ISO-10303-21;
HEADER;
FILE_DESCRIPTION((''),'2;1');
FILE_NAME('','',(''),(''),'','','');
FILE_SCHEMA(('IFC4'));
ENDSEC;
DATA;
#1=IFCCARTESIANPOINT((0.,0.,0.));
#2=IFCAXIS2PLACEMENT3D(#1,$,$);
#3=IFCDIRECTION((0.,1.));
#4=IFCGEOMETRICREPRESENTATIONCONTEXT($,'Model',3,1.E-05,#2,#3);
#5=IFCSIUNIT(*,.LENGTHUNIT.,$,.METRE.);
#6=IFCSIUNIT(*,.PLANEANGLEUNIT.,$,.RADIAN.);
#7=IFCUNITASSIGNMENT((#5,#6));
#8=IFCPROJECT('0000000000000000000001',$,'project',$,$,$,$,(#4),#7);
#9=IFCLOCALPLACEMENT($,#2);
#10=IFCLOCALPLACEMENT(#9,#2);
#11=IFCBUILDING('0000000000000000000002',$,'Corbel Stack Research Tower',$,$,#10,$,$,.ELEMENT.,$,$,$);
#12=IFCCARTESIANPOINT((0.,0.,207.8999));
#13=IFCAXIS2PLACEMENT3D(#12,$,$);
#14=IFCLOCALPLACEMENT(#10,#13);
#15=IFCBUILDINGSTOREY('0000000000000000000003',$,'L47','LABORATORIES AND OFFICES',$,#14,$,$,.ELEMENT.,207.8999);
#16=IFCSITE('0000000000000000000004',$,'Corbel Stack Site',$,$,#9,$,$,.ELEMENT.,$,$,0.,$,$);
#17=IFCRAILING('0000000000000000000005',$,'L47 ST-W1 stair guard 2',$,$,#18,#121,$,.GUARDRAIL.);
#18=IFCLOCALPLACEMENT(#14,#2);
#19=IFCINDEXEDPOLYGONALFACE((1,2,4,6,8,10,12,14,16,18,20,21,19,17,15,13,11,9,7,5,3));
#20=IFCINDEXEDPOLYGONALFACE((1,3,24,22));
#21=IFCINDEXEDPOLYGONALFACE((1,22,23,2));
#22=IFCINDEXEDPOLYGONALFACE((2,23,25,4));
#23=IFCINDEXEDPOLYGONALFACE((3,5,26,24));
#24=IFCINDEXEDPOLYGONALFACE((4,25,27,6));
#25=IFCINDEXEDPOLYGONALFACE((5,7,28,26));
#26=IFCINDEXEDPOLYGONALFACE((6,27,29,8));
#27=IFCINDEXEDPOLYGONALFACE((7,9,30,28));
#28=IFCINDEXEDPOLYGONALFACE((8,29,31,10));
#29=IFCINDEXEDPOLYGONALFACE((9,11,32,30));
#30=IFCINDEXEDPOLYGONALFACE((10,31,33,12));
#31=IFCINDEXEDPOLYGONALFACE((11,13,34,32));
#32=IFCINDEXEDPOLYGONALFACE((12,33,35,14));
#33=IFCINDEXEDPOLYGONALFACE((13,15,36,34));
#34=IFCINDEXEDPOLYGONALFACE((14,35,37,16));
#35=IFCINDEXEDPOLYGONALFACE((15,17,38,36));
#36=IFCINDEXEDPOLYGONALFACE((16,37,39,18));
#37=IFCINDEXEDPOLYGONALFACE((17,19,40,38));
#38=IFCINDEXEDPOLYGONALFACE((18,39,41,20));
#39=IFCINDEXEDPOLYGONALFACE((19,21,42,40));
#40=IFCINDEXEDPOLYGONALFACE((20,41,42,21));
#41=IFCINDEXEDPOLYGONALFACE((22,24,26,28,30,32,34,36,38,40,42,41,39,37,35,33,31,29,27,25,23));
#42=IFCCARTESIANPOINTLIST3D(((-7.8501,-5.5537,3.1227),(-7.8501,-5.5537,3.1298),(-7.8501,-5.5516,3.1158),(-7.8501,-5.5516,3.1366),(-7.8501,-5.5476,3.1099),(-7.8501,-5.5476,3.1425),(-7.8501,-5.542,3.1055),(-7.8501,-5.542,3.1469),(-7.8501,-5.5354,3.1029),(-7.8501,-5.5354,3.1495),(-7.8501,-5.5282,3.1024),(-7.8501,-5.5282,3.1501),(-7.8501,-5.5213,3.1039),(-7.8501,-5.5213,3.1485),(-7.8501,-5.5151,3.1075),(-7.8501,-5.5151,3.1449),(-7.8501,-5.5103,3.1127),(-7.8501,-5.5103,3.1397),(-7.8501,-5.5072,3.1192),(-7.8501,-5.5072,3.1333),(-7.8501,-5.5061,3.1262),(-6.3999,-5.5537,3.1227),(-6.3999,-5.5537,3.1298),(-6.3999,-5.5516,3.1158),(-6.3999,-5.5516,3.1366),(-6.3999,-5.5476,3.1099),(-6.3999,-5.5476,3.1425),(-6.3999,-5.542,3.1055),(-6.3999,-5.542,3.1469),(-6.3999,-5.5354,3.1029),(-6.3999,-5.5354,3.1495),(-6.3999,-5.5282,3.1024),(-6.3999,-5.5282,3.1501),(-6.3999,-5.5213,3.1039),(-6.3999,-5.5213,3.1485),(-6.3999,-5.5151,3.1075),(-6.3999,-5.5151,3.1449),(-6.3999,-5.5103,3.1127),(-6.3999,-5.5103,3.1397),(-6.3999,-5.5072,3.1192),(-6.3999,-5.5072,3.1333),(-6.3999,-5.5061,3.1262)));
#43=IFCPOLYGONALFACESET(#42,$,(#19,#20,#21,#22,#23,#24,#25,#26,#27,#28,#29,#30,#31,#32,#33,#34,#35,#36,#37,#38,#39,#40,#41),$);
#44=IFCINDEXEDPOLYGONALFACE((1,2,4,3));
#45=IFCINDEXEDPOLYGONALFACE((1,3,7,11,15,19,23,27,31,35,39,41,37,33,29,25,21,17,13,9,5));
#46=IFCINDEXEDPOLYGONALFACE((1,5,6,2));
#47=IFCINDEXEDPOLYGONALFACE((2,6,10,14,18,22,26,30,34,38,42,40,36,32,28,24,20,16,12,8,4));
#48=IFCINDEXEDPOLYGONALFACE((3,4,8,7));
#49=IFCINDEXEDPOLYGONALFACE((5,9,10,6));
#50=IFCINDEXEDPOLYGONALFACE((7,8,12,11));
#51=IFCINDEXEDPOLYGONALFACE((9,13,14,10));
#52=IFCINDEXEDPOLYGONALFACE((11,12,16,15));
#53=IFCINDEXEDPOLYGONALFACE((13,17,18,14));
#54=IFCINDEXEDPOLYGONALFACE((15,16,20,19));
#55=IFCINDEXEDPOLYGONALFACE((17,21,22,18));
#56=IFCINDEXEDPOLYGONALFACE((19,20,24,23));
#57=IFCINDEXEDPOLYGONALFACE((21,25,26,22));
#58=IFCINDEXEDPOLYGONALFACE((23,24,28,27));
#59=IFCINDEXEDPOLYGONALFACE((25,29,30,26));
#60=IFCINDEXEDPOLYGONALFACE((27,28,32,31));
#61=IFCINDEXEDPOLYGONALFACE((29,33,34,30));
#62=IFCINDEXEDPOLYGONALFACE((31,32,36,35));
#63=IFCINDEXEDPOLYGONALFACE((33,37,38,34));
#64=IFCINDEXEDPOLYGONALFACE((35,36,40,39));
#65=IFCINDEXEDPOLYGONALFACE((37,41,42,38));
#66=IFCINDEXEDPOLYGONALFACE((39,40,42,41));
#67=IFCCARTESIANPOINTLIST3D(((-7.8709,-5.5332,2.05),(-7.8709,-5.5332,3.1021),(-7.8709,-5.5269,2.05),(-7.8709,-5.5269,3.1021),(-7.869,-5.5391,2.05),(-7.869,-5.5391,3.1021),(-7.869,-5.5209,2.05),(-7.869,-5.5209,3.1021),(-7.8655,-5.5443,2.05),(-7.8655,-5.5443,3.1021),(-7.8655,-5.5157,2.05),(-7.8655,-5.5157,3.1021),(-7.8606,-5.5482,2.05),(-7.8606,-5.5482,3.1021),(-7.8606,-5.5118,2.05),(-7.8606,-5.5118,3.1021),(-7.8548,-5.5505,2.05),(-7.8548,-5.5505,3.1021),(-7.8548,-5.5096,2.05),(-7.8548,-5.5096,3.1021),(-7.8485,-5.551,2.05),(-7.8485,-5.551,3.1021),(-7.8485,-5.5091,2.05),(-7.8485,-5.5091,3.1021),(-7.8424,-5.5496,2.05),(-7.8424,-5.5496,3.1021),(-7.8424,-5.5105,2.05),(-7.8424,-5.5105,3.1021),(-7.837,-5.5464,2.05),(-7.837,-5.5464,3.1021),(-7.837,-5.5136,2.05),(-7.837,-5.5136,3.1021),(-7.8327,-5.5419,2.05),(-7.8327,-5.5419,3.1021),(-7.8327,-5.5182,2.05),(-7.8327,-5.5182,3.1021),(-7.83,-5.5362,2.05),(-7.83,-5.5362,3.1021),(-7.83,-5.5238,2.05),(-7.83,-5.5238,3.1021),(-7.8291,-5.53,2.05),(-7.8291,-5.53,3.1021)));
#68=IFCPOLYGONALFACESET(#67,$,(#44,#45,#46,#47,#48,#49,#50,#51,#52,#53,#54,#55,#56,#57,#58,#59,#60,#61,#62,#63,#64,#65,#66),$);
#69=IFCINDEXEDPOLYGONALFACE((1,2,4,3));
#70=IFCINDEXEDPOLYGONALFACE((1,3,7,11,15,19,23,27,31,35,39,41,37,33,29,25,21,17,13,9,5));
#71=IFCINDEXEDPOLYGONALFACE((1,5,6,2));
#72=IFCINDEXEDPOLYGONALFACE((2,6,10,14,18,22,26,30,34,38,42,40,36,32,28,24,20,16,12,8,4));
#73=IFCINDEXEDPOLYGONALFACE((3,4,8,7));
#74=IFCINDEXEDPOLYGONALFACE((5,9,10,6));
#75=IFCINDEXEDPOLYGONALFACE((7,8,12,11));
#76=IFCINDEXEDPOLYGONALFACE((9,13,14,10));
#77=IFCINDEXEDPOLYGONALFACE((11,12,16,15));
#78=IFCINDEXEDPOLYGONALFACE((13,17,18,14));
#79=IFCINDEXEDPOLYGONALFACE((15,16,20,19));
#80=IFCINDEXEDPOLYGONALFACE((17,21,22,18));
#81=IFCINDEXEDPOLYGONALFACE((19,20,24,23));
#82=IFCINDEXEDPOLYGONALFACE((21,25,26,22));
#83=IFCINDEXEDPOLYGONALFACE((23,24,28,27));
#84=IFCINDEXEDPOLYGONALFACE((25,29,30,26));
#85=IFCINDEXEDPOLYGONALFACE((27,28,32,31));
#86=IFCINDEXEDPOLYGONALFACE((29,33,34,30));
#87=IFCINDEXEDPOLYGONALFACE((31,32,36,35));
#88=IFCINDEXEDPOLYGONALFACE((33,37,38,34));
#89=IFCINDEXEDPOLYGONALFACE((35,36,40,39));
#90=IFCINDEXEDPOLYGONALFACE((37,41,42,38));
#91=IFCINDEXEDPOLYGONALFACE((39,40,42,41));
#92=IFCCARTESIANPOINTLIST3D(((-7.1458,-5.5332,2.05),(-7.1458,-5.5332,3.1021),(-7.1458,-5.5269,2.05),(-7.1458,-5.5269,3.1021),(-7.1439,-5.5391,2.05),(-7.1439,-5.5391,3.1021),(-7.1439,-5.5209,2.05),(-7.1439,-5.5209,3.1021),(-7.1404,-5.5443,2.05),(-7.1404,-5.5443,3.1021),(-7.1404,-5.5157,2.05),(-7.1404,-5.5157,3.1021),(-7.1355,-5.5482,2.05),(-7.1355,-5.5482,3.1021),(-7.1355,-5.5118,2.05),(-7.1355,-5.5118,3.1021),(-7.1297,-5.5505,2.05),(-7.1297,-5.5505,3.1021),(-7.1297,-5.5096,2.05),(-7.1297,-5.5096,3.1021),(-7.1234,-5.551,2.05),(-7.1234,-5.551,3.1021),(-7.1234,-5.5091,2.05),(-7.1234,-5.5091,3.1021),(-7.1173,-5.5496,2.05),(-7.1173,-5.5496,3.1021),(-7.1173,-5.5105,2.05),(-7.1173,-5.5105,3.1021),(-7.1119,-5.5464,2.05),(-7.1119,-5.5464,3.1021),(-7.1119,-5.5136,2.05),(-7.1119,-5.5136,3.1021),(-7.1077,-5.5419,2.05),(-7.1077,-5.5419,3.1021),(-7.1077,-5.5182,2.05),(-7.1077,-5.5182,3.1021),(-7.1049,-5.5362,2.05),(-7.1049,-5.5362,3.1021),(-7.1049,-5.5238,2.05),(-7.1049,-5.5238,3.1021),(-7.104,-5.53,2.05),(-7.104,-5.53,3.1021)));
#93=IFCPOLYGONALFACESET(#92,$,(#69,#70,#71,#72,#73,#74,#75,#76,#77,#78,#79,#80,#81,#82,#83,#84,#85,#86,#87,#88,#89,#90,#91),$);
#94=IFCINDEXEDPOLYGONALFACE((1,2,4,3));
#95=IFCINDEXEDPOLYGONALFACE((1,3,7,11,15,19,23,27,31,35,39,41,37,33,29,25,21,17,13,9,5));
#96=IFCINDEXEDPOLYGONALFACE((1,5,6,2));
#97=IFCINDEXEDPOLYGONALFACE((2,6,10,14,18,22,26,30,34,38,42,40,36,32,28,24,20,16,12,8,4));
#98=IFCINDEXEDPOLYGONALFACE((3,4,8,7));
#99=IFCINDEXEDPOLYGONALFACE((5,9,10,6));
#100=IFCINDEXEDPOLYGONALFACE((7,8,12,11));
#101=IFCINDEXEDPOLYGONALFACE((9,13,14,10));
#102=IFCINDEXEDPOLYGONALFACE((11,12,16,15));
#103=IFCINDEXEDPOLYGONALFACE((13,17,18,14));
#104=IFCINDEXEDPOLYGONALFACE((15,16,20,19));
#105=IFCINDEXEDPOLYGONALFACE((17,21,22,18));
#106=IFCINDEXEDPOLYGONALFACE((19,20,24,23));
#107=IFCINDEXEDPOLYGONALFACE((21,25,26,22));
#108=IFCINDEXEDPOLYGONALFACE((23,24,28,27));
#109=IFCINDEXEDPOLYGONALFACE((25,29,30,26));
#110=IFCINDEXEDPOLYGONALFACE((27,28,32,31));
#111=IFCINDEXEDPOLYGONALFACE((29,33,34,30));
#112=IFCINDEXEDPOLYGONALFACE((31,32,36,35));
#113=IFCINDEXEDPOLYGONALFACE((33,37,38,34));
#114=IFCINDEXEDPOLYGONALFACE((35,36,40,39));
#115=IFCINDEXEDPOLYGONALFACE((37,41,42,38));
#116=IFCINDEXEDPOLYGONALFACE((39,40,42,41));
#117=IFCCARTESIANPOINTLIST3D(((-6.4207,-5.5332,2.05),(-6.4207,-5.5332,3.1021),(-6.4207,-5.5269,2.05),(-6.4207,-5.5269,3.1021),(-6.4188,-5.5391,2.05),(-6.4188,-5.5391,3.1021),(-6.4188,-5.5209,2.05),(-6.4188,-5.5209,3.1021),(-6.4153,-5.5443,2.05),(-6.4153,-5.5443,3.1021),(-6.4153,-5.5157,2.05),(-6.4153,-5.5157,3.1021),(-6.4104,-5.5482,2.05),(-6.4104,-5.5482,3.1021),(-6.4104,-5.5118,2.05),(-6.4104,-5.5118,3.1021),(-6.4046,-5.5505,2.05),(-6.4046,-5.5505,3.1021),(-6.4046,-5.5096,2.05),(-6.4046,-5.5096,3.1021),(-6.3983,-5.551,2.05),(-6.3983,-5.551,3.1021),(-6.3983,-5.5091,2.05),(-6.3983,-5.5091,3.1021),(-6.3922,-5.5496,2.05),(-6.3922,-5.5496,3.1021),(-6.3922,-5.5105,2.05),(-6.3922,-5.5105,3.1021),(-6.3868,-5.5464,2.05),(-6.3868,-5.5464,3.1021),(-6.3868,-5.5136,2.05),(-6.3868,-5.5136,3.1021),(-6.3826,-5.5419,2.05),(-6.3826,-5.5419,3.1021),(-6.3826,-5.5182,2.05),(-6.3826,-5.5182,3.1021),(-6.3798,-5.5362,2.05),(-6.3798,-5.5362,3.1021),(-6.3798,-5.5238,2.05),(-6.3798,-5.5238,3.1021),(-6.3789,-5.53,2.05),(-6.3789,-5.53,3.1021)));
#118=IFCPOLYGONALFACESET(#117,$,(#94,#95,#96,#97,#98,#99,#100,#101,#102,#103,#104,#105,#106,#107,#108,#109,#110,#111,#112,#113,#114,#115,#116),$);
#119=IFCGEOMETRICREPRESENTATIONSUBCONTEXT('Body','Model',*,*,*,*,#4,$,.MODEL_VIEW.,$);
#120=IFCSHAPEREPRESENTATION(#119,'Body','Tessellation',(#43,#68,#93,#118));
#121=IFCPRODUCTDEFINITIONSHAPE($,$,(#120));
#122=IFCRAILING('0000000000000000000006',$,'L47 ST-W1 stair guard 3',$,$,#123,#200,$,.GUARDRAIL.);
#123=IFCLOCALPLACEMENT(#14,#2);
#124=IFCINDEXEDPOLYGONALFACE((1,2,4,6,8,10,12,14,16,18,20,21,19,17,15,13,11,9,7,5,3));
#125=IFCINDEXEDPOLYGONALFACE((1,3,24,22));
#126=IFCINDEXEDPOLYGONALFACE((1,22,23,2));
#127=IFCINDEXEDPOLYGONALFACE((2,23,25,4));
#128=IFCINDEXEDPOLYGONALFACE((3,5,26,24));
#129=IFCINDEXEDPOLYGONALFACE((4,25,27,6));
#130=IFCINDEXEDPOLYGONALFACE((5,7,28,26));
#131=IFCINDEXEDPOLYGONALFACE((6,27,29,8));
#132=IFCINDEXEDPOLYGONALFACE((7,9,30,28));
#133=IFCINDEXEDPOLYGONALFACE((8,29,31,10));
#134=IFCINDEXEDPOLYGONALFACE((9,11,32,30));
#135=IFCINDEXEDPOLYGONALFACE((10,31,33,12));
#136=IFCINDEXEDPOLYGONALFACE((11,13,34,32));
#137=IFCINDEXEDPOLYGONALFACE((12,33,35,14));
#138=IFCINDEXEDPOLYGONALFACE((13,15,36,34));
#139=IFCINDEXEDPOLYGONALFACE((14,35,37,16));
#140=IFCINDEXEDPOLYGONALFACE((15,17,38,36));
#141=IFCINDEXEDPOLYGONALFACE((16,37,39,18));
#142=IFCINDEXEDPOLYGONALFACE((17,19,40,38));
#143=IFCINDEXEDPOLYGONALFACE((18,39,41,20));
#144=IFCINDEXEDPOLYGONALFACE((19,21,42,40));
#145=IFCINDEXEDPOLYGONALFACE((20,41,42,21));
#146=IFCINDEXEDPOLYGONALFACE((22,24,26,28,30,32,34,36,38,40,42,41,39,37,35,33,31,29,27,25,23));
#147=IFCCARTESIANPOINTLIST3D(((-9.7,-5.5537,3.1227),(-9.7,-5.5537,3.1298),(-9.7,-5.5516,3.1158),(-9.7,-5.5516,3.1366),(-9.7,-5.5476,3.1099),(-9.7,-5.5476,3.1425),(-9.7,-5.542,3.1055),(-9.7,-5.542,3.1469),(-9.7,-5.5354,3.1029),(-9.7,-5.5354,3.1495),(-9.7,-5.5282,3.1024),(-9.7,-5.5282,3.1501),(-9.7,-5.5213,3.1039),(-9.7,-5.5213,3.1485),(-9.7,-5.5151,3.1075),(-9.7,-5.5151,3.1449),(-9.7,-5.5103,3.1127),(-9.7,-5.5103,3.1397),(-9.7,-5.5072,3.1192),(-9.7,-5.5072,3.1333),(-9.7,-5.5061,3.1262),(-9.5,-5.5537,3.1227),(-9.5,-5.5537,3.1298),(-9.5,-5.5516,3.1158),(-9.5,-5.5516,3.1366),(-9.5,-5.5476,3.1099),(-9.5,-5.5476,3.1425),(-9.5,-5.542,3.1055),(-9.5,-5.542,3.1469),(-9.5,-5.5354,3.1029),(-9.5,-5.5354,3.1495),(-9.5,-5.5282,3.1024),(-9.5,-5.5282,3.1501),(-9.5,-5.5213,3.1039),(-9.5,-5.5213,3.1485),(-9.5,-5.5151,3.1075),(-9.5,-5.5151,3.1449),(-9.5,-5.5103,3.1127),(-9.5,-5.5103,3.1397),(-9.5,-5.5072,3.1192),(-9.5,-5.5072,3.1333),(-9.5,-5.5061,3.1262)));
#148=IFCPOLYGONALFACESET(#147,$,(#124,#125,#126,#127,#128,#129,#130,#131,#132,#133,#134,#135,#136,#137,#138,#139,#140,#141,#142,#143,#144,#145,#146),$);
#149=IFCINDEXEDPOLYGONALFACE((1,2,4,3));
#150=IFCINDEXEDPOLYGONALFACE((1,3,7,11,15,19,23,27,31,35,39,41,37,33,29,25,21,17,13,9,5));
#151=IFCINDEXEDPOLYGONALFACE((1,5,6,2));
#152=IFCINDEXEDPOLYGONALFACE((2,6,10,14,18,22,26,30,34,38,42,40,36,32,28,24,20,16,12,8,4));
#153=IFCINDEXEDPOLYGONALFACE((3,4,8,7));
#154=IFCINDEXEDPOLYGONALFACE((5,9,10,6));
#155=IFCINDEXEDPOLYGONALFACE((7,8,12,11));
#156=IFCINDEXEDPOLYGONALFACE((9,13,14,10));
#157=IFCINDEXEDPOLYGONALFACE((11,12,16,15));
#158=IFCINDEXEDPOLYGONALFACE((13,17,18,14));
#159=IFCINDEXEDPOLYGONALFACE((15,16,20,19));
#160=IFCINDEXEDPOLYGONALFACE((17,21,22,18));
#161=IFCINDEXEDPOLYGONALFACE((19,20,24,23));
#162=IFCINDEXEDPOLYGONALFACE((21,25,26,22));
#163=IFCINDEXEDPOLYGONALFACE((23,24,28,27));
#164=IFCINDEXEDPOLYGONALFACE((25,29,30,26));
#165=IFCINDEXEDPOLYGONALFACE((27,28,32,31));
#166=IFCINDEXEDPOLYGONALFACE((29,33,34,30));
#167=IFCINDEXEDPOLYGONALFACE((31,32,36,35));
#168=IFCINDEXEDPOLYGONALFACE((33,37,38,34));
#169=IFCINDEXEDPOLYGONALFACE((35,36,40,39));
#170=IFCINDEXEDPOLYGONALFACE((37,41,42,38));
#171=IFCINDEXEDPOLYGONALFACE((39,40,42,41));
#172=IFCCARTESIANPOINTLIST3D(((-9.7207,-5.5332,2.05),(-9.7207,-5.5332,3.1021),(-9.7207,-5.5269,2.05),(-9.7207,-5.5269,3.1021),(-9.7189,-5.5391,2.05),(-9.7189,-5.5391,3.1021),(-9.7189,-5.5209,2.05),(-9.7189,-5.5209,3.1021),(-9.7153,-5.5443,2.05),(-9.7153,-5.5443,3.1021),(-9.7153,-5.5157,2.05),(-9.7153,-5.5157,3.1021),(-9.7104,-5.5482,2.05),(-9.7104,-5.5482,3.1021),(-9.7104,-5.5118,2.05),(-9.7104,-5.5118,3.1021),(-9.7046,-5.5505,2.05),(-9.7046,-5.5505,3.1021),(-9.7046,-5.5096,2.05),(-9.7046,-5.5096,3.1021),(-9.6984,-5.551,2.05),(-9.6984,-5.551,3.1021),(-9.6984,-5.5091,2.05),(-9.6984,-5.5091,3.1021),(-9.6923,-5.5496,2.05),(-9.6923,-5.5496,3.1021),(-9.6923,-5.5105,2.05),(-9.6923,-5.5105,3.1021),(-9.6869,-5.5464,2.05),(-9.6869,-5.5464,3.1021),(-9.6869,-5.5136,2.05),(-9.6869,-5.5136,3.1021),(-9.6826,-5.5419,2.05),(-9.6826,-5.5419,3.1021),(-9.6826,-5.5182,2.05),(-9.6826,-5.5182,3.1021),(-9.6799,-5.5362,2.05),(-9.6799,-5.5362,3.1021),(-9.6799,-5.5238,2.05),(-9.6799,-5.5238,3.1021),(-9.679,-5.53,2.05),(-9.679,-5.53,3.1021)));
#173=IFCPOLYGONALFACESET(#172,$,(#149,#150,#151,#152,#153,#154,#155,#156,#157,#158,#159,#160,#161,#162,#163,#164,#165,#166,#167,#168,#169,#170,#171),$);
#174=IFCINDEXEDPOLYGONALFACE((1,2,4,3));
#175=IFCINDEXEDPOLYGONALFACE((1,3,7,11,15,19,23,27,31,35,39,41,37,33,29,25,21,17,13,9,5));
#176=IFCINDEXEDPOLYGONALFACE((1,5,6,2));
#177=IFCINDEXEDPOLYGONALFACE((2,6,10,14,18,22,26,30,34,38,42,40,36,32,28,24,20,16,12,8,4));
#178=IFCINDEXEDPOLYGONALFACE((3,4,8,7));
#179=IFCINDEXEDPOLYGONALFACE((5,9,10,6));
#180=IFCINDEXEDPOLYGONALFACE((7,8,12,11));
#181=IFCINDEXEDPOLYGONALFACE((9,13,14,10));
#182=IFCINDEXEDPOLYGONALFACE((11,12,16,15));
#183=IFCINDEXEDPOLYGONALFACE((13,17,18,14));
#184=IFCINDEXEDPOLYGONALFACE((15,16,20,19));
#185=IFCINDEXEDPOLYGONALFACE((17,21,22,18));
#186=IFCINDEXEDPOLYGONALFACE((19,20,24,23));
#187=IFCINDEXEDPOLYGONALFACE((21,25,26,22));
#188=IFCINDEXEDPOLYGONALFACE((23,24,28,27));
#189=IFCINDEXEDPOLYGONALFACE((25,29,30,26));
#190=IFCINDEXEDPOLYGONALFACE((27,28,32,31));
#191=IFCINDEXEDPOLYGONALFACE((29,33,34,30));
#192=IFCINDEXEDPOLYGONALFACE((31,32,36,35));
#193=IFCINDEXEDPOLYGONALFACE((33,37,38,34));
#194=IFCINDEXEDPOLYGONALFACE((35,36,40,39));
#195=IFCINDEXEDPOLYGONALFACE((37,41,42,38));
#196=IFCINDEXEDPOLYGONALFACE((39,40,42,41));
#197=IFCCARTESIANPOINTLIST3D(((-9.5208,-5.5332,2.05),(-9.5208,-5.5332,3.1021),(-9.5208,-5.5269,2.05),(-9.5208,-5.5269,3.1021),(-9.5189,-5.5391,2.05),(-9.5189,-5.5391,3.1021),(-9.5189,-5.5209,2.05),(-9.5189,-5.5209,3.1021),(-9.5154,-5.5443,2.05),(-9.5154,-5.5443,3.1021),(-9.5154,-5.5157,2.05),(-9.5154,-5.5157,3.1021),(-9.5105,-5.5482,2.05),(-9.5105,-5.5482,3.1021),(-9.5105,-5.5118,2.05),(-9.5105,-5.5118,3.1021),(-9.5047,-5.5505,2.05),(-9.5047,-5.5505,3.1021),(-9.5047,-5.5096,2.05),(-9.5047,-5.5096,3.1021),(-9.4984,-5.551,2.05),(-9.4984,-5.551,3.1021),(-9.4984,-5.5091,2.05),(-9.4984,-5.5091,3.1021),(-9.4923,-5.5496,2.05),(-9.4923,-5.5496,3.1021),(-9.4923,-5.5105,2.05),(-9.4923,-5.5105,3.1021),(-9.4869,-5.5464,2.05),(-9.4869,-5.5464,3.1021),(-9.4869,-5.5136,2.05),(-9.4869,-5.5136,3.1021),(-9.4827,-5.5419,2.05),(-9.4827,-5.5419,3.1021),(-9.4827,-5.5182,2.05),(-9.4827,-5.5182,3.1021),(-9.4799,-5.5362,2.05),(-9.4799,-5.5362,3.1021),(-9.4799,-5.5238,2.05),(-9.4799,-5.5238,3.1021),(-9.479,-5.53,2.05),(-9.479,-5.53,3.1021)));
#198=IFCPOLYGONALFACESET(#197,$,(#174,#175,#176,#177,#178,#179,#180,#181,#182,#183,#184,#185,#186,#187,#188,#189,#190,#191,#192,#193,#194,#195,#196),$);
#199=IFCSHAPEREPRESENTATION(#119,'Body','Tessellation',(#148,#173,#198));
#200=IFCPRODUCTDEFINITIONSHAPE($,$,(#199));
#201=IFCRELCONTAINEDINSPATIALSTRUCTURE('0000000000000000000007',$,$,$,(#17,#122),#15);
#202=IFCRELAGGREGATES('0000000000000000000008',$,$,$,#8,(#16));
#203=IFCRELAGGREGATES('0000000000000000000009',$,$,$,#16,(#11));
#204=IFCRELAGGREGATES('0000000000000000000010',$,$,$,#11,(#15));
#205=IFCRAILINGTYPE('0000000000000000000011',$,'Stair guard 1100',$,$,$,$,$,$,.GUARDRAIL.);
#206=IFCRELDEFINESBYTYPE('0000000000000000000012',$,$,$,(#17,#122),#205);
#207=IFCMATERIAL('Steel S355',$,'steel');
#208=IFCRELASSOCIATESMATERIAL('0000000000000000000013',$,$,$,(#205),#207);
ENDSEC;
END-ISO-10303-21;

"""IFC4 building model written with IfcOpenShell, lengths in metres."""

from ifc_helpers import new_model, si_unit, direction, frame, origin, origin_2d, place, context, subcontext, project, spatial, circle, extrude, material, type_object, element, save


model = new_model("IFC4")

# Units and contexts
model_context = context("Model", 3, precision=1e-05, world=origin(), true_north=direction((0.0, 1.0)))
body_context = subcontext(model_context, "Body", "Model", "MODEL_VIEW")
ifc_project = project(units=[si_unit("LENGTHUNIT", "METRE"), si_unit("PLANEANGLEUNIT", "RADIAN")], contexts=[model_context])

# Site, building, storey
site_placement = place(None, origin())
site = spatial("IfcSite", under=ifc_project, at=site_placement, Name="Corbel Stack Site", CompositionType="ELEMENT", RefElevation=0.0)
building_placement = place(site_placement, origin())
building = spatial("IfcBuilding", under=site, at=building_placement, Name="Corbel Stack Research Tower", CompositionType="ELEMENT")
storey_placement = place(building_placement, frame((0.0, 0.0, 207.8999)))
storey = spatial("IfcBuildingStorey", under=building, at=storey_placement, Name="L47", Description="LABORATORIES AND OFFICES", CompositionType="ELEMENT", Elevation=207.8999)

# Railings
ifc_material_1 = material(Name="Steel S355", Category="steel")
railing_type_1 = type_object("IfcRailingType", Name="Stair guard 1100", PredefinedType="GUARDRAIL", material=ifc_material_1)
railing_1_placement = place(storey_placement, frame((-7.8501, -5.53, 2.05)))
element("IfcRailing", 1, at=railing_1_placement, inside=storey, type_object=railing_type_1, Name="L47 ST-W1 stair guard 2", PredefinedType="GUARDRAIL", context=body_context, shape_type="SweptSolid", body=[
    extrude(circle(Radius=0.0239, at=origin_2d()), frame((0.0, 0.0, 1.0762), z_axis=(1.0, 0.0, 0.0), x_axis=(0.0, 1.0, 0.0)), (0.0, 0.0, 1.0), 1.4502),
    extrude(circle(Radius=0.021, at=origin_2d()), origin(), (0.0, 0.0, 1.0), 1.052),
    extrude(circle(Radius=0.021, at=origin_2d()), frame((0.7251, 0.0, 0.0)), (0.0, 0.0, 1.0), 1.052),
    extrude(circle(Radius=0.021, at=origin_2d()), frame((1.4502, 0.0, 0.0)), (0.0, 0.0, 1.0), 1.052),
])
railing_2_placement = place(storey_placement, frame((-9.7, -5.53, 2.05)))
element("IfcRailing", 2, at=railing_2_placement, inside=storey, type_object=railing_type_1, Name="L47 ST-W1 stair guard 3", PredefinedType="GUARDRAIL", context=body_context, shape_type="SweptSolid", body=[
    extrude(circle(Radius=0.0239, at=origin_2d()), frame((0.0, 0.0, 1.0762), z_axis=(1.0, 0.0, 0.0), x_axis=(0.0, 1.0, 0.0)), (0.0, 0.0, 1.0), 0.2),
    extrude(circle(Radius=0.021, at=origin_2d()), origin(), (0.0, 0.0, 1.0), 1.052),
    extrude(circle(Radius=0.021, at=origin_2d()), frame((0.2, 0.0, 0.0)), (0.0, 0.0, 1.0), 1.052),
])

save(model, "model.ifc")
